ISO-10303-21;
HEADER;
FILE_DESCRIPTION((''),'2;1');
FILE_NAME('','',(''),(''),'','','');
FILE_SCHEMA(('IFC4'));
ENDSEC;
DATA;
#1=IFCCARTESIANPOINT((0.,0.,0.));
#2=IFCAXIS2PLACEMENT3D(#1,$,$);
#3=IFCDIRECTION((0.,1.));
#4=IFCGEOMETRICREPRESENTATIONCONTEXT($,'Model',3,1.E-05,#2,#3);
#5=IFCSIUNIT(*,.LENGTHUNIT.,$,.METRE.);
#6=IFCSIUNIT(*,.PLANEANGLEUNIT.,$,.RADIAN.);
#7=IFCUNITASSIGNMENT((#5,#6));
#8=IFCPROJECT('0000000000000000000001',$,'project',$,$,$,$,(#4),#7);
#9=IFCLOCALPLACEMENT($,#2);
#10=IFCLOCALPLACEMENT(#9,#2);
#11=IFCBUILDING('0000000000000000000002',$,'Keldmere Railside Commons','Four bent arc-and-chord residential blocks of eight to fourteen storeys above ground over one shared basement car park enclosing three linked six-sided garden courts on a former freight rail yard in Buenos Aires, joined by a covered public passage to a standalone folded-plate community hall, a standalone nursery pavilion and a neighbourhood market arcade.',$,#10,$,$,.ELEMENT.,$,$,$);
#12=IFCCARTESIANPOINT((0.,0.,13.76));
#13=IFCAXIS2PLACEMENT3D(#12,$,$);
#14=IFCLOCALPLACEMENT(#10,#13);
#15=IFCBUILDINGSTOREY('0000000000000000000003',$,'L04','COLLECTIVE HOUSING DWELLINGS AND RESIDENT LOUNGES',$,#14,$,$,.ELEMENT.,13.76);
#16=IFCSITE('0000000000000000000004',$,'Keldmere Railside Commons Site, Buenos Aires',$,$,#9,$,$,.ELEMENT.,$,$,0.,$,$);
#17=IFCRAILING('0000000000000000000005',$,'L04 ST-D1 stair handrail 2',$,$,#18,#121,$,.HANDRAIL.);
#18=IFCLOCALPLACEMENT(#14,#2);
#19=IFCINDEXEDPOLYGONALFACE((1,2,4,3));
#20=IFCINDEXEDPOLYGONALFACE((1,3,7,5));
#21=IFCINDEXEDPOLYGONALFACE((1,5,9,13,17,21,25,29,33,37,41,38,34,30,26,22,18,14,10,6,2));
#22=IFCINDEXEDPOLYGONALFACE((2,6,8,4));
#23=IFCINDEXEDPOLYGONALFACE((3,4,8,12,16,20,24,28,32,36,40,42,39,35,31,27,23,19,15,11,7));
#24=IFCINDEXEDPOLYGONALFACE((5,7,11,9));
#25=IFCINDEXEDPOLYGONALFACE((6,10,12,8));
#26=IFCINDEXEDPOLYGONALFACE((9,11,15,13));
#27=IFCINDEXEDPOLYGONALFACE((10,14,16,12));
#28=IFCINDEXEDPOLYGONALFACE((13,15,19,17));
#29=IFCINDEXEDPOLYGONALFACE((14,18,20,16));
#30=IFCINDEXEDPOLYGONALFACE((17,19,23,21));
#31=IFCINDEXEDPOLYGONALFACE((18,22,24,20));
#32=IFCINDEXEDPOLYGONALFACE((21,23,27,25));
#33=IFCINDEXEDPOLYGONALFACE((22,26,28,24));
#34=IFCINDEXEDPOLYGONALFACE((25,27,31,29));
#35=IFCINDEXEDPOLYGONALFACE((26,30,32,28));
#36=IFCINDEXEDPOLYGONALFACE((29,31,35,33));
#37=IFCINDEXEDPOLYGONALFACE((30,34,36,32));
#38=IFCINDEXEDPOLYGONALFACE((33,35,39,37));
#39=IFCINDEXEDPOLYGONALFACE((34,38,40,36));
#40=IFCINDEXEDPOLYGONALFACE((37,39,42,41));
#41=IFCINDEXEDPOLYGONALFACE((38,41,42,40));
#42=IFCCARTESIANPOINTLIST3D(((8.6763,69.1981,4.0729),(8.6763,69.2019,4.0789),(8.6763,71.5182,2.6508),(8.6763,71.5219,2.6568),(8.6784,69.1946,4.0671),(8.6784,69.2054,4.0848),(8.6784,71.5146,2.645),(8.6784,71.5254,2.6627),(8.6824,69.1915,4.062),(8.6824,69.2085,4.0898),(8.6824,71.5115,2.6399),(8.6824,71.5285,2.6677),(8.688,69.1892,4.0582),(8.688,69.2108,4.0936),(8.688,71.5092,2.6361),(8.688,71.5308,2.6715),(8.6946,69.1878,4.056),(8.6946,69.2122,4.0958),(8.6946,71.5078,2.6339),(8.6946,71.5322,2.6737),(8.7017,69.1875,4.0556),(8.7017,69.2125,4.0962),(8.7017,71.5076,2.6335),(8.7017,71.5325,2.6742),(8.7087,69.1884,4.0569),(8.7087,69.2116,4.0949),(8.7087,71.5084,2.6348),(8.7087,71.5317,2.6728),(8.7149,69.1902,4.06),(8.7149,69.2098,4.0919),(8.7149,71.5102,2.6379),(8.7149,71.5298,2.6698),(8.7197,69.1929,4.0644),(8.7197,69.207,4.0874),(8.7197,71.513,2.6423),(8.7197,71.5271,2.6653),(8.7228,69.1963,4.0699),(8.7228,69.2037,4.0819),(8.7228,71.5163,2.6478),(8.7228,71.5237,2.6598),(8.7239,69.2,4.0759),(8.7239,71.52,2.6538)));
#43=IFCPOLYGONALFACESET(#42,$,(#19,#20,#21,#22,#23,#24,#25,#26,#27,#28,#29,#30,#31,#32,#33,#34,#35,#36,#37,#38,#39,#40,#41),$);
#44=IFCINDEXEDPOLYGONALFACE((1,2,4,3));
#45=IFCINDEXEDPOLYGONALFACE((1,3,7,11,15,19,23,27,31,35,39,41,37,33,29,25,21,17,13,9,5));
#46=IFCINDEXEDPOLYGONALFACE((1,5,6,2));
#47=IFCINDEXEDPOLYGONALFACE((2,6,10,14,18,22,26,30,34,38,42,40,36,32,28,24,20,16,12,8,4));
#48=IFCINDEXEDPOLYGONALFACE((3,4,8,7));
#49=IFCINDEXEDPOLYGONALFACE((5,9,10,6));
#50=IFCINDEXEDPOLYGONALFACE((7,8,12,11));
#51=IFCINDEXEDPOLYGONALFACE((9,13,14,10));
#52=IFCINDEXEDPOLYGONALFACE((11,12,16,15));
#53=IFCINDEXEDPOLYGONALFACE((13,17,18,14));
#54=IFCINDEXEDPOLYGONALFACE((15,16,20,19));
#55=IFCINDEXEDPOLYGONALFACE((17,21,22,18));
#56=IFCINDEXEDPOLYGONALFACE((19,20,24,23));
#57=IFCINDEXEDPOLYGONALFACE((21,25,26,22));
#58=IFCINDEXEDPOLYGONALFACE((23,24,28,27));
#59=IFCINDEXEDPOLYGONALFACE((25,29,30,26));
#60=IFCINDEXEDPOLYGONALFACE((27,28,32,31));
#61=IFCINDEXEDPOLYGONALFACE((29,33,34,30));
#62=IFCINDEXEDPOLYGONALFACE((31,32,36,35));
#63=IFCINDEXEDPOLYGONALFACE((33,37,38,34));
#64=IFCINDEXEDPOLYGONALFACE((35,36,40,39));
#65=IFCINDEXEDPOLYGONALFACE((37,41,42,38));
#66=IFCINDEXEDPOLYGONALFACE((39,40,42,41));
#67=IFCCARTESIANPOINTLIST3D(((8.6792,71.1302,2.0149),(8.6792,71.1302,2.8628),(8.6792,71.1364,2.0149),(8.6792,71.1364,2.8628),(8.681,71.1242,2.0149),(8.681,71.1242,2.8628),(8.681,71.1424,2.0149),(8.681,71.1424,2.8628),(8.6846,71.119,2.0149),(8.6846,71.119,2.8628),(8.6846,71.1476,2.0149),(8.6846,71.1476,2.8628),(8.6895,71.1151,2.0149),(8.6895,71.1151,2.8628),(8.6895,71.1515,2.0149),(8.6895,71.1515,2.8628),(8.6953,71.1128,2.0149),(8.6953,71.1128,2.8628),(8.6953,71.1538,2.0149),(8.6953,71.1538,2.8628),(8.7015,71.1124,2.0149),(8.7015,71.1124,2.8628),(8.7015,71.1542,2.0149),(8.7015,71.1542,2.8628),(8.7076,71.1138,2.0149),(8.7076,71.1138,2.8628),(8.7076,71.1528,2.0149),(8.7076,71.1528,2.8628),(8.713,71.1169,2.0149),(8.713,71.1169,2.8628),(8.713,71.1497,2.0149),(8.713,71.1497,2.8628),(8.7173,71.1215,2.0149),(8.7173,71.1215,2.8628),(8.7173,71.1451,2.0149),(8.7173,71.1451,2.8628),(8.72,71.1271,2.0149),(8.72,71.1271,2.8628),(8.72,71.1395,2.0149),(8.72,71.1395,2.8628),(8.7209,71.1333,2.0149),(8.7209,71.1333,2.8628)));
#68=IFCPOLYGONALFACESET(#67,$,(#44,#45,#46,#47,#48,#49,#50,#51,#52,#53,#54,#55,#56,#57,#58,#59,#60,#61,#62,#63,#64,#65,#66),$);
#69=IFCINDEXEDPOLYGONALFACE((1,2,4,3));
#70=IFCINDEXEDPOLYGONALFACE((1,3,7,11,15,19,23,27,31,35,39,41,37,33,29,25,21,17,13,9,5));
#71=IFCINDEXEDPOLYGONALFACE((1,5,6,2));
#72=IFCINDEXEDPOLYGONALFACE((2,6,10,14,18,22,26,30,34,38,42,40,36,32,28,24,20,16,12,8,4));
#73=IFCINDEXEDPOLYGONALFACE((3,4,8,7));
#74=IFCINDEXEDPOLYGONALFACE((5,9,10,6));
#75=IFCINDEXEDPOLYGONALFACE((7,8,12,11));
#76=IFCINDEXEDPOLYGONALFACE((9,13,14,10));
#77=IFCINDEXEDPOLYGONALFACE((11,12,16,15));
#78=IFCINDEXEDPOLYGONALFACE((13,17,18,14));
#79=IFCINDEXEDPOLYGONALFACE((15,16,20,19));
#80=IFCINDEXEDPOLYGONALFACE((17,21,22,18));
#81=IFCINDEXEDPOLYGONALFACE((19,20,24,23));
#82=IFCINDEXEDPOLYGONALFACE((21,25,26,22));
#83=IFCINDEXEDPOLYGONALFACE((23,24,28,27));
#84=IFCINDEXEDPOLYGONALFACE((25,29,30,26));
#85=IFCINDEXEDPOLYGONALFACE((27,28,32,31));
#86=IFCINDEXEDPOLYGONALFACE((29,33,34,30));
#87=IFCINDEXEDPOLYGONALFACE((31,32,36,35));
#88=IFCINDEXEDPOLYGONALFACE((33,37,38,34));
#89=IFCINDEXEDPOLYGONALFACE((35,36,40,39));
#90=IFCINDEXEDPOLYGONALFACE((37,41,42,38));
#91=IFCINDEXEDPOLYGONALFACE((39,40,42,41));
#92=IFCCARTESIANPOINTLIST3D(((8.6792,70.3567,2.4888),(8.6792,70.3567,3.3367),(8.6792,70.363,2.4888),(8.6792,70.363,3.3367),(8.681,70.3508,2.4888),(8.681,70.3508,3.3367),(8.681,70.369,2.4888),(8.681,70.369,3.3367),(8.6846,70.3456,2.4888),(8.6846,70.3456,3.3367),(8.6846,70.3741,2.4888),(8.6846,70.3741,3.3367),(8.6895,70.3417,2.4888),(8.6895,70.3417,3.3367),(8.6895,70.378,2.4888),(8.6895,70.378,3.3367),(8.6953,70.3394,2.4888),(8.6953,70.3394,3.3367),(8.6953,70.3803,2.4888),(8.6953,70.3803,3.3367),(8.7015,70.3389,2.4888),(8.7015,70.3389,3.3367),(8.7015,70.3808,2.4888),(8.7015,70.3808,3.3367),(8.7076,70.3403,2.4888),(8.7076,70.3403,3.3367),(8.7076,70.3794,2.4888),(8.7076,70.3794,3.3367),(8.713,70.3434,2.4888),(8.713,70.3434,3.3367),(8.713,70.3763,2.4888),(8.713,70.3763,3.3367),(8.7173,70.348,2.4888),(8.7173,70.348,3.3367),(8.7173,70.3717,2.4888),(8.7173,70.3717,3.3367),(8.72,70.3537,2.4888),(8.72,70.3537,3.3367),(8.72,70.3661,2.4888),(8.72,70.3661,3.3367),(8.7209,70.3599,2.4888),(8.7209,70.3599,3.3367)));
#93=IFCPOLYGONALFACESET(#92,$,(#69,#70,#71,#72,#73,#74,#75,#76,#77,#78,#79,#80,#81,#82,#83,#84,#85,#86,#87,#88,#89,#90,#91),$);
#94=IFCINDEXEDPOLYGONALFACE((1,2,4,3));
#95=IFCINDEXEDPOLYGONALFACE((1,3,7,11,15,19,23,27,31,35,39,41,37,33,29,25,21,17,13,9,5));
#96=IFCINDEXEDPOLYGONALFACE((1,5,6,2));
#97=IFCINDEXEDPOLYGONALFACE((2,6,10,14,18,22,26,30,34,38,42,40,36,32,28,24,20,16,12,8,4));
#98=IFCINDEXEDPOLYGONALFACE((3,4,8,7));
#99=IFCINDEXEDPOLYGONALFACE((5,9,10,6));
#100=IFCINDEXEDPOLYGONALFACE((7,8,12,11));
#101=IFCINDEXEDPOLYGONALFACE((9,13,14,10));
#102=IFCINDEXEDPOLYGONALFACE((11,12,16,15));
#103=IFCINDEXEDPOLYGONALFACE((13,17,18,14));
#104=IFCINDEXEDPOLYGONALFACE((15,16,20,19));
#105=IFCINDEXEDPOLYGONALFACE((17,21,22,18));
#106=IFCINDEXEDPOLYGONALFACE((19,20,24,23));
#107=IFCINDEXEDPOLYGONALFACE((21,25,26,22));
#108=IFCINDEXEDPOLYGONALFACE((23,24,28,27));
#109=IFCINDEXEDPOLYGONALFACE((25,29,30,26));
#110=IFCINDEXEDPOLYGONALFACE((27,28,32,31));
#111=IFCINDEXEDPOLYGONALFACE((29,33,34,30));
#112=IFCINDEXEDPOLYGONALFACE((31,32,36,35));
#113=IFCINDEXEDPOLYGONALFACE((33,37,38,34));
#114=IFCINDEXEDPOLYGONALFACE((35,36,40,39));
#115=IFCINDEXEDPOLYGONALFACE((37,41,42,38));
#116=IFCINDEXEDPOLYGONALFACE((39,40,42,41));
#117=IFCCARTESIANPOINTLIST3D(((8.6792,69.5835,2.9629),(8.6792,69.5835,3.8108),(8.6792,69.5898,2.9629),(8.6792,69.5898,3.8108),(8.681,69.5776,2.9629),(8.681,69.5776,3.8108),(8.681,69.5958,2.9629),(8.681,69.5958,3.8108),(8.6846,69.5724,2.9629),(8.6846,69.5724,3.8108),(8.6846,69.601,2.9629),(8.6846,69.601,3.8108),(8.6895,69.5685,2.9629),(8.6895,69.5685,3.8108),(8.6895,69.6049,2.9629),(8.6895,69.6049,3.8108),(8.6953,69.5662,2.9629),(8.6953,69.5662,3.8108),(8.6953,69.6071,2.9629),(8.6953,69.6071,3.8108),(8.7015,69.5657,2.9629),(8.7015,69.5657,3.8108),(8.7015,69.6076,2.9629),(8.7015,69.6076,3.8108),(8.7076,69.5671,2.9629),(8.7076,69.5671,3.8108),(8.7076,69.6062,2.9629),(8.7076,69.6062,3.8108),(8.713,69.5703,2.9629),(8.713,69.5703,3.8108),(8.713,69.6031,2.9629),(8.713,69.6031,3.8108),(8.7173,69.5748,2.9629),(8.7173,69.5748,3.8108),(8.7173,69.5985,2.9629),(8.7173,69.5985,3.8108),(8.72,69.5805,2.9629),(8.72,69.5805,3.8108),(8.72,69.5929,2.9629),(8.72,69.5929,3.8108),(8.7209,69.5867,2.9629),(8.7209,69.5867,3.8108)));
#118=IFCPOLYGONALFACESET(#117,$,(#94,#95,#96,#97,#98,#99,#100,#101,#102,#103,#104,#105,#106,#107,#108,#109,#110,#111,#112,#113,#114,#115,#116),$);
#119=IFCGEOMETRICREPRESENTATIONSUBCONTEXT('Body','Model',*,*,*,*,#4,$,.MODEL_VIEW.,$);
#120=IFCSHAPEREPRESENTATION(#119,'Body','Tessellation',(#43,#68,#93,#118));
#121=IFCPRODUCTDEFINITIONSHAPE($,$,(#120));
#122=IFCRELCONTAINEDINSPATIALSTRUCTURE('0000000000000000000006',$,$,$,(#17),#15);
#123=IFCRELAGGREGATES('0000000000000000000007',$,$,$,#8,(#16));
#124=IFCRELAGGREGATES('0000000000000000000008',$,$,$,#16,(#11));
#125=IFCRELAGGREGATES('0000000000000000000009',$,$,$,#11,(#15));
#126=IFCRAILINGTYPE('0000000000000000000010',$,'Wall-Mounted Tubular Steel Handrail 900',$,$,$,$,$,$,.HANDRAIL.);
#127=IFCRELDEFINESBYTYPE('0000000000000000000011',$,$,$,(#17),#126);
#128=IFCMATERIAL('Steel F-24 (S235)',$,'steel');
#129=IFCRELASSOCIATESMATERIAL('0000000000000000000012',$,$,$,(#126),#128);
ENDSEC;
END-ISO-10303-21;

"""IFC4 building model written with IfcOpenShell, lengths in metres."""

from ifc_helpers import new_model, si_unit, direction, frame, origin, origin_2d, place, context, subcontext, project, spatial, circle, extrude, material, type_object, element, save


model = new_model("IFC4")

# Units and contexts
model_context = context("Model", 3, precision=1e-05, world=origin(), true_north=direction((0.0, 1.0)))
body_context = subcontext(model_context, "Body", "Model", "MODEL_VIEW")
ifc_project = project(units=[si_unit("LENGTHUNIT", "METRE"), si_unit("PLANEANGLEUNIT", "RADIAN")], contexts=[model_context])

# Site, building, storey
site_placement = place(None, origin())
site = spatial("IfcSite", under=ifc_project, at=site_placement, Name="Keldmere Railside Commons Site, Buenos Aires", CompositionType="ELEMENT", RefElevation=0.0)
building_placement = place(site_placement, origin())
building = spatial("IfcBuilding", under=site, at=building_placement, Name="Keldmere Railside Commons", Description="Four bent arc-and-chord residential blocks of eight to fourteen storeys above ground over one shared basement car park enclosing three linked six-sided garden courts on a former freight rail yard in Buenos Aires, joined by a covered public passage to a standalone folded-plate community hall, a standalone nursery pavilion and a neighbourhood market arcade.", CompositionType="ELEMENT")
storey_placement = place(building_placement, frame((0.0, 0.0, 13.76)))
storey = spatial("IfcBuildingStorey", under=building, at=storey_placement, Name="L04", Description="COLLECTIVE HOUSING DWELLINGS AND RESIDENT LOUNGES", CompositionType="ELEMENT", Elevation=13.76)

# Railing
ifc_material_1 = material(Name="Steel F-24 (S235)", Category="steel")
railing_type_1 = type_object("IfcRailingType", Name="Wall-Mounted Tubular Steel Handrail 900", PredefinedType="HANDRAIL", material=ifc_material_1)
railing_1_placement = place(storey_placement, frame((8.7, 71.52, 1.7778)))
element("IfcRailing", 1, at=railing_1_placement, inside=storey, type_object=railing_type_1, Name="L04 ST-D1 stair handrail 2", PredefinedType="HANDRAIL", context=body_context, shape_type="SweptSolid", body=[
    extrude(circle(Radius=0.0239, at=origin_2d()), frame((0.0, 0.0, 0.876), z_axis=(0.0, -0.852578, 0.5226), x_axis=(1.0, 0.0, 0.0)), (0.0, 0.0, 1.0), 2.7212),
    extrude(circle(Radius=0.021, at=origin_2d()), frame((0.0, -0.3867, 0.2371)), (0.0, 0.0, 1.0), 0.8479),
    extrude(circle(Radius=0.021, at=origin_2d()), frame((0.0, -1.1602, 0.7109)), (0.0, 0.0, 1.0), 0.8479),
    extrude(circle(Radius=0.021, at=origin_2d()), frame((0.0, -1.9333, 1.1851)), (0.0, 0.0, 1.0), 0.8479),
])

save(model, "model.ifc")
